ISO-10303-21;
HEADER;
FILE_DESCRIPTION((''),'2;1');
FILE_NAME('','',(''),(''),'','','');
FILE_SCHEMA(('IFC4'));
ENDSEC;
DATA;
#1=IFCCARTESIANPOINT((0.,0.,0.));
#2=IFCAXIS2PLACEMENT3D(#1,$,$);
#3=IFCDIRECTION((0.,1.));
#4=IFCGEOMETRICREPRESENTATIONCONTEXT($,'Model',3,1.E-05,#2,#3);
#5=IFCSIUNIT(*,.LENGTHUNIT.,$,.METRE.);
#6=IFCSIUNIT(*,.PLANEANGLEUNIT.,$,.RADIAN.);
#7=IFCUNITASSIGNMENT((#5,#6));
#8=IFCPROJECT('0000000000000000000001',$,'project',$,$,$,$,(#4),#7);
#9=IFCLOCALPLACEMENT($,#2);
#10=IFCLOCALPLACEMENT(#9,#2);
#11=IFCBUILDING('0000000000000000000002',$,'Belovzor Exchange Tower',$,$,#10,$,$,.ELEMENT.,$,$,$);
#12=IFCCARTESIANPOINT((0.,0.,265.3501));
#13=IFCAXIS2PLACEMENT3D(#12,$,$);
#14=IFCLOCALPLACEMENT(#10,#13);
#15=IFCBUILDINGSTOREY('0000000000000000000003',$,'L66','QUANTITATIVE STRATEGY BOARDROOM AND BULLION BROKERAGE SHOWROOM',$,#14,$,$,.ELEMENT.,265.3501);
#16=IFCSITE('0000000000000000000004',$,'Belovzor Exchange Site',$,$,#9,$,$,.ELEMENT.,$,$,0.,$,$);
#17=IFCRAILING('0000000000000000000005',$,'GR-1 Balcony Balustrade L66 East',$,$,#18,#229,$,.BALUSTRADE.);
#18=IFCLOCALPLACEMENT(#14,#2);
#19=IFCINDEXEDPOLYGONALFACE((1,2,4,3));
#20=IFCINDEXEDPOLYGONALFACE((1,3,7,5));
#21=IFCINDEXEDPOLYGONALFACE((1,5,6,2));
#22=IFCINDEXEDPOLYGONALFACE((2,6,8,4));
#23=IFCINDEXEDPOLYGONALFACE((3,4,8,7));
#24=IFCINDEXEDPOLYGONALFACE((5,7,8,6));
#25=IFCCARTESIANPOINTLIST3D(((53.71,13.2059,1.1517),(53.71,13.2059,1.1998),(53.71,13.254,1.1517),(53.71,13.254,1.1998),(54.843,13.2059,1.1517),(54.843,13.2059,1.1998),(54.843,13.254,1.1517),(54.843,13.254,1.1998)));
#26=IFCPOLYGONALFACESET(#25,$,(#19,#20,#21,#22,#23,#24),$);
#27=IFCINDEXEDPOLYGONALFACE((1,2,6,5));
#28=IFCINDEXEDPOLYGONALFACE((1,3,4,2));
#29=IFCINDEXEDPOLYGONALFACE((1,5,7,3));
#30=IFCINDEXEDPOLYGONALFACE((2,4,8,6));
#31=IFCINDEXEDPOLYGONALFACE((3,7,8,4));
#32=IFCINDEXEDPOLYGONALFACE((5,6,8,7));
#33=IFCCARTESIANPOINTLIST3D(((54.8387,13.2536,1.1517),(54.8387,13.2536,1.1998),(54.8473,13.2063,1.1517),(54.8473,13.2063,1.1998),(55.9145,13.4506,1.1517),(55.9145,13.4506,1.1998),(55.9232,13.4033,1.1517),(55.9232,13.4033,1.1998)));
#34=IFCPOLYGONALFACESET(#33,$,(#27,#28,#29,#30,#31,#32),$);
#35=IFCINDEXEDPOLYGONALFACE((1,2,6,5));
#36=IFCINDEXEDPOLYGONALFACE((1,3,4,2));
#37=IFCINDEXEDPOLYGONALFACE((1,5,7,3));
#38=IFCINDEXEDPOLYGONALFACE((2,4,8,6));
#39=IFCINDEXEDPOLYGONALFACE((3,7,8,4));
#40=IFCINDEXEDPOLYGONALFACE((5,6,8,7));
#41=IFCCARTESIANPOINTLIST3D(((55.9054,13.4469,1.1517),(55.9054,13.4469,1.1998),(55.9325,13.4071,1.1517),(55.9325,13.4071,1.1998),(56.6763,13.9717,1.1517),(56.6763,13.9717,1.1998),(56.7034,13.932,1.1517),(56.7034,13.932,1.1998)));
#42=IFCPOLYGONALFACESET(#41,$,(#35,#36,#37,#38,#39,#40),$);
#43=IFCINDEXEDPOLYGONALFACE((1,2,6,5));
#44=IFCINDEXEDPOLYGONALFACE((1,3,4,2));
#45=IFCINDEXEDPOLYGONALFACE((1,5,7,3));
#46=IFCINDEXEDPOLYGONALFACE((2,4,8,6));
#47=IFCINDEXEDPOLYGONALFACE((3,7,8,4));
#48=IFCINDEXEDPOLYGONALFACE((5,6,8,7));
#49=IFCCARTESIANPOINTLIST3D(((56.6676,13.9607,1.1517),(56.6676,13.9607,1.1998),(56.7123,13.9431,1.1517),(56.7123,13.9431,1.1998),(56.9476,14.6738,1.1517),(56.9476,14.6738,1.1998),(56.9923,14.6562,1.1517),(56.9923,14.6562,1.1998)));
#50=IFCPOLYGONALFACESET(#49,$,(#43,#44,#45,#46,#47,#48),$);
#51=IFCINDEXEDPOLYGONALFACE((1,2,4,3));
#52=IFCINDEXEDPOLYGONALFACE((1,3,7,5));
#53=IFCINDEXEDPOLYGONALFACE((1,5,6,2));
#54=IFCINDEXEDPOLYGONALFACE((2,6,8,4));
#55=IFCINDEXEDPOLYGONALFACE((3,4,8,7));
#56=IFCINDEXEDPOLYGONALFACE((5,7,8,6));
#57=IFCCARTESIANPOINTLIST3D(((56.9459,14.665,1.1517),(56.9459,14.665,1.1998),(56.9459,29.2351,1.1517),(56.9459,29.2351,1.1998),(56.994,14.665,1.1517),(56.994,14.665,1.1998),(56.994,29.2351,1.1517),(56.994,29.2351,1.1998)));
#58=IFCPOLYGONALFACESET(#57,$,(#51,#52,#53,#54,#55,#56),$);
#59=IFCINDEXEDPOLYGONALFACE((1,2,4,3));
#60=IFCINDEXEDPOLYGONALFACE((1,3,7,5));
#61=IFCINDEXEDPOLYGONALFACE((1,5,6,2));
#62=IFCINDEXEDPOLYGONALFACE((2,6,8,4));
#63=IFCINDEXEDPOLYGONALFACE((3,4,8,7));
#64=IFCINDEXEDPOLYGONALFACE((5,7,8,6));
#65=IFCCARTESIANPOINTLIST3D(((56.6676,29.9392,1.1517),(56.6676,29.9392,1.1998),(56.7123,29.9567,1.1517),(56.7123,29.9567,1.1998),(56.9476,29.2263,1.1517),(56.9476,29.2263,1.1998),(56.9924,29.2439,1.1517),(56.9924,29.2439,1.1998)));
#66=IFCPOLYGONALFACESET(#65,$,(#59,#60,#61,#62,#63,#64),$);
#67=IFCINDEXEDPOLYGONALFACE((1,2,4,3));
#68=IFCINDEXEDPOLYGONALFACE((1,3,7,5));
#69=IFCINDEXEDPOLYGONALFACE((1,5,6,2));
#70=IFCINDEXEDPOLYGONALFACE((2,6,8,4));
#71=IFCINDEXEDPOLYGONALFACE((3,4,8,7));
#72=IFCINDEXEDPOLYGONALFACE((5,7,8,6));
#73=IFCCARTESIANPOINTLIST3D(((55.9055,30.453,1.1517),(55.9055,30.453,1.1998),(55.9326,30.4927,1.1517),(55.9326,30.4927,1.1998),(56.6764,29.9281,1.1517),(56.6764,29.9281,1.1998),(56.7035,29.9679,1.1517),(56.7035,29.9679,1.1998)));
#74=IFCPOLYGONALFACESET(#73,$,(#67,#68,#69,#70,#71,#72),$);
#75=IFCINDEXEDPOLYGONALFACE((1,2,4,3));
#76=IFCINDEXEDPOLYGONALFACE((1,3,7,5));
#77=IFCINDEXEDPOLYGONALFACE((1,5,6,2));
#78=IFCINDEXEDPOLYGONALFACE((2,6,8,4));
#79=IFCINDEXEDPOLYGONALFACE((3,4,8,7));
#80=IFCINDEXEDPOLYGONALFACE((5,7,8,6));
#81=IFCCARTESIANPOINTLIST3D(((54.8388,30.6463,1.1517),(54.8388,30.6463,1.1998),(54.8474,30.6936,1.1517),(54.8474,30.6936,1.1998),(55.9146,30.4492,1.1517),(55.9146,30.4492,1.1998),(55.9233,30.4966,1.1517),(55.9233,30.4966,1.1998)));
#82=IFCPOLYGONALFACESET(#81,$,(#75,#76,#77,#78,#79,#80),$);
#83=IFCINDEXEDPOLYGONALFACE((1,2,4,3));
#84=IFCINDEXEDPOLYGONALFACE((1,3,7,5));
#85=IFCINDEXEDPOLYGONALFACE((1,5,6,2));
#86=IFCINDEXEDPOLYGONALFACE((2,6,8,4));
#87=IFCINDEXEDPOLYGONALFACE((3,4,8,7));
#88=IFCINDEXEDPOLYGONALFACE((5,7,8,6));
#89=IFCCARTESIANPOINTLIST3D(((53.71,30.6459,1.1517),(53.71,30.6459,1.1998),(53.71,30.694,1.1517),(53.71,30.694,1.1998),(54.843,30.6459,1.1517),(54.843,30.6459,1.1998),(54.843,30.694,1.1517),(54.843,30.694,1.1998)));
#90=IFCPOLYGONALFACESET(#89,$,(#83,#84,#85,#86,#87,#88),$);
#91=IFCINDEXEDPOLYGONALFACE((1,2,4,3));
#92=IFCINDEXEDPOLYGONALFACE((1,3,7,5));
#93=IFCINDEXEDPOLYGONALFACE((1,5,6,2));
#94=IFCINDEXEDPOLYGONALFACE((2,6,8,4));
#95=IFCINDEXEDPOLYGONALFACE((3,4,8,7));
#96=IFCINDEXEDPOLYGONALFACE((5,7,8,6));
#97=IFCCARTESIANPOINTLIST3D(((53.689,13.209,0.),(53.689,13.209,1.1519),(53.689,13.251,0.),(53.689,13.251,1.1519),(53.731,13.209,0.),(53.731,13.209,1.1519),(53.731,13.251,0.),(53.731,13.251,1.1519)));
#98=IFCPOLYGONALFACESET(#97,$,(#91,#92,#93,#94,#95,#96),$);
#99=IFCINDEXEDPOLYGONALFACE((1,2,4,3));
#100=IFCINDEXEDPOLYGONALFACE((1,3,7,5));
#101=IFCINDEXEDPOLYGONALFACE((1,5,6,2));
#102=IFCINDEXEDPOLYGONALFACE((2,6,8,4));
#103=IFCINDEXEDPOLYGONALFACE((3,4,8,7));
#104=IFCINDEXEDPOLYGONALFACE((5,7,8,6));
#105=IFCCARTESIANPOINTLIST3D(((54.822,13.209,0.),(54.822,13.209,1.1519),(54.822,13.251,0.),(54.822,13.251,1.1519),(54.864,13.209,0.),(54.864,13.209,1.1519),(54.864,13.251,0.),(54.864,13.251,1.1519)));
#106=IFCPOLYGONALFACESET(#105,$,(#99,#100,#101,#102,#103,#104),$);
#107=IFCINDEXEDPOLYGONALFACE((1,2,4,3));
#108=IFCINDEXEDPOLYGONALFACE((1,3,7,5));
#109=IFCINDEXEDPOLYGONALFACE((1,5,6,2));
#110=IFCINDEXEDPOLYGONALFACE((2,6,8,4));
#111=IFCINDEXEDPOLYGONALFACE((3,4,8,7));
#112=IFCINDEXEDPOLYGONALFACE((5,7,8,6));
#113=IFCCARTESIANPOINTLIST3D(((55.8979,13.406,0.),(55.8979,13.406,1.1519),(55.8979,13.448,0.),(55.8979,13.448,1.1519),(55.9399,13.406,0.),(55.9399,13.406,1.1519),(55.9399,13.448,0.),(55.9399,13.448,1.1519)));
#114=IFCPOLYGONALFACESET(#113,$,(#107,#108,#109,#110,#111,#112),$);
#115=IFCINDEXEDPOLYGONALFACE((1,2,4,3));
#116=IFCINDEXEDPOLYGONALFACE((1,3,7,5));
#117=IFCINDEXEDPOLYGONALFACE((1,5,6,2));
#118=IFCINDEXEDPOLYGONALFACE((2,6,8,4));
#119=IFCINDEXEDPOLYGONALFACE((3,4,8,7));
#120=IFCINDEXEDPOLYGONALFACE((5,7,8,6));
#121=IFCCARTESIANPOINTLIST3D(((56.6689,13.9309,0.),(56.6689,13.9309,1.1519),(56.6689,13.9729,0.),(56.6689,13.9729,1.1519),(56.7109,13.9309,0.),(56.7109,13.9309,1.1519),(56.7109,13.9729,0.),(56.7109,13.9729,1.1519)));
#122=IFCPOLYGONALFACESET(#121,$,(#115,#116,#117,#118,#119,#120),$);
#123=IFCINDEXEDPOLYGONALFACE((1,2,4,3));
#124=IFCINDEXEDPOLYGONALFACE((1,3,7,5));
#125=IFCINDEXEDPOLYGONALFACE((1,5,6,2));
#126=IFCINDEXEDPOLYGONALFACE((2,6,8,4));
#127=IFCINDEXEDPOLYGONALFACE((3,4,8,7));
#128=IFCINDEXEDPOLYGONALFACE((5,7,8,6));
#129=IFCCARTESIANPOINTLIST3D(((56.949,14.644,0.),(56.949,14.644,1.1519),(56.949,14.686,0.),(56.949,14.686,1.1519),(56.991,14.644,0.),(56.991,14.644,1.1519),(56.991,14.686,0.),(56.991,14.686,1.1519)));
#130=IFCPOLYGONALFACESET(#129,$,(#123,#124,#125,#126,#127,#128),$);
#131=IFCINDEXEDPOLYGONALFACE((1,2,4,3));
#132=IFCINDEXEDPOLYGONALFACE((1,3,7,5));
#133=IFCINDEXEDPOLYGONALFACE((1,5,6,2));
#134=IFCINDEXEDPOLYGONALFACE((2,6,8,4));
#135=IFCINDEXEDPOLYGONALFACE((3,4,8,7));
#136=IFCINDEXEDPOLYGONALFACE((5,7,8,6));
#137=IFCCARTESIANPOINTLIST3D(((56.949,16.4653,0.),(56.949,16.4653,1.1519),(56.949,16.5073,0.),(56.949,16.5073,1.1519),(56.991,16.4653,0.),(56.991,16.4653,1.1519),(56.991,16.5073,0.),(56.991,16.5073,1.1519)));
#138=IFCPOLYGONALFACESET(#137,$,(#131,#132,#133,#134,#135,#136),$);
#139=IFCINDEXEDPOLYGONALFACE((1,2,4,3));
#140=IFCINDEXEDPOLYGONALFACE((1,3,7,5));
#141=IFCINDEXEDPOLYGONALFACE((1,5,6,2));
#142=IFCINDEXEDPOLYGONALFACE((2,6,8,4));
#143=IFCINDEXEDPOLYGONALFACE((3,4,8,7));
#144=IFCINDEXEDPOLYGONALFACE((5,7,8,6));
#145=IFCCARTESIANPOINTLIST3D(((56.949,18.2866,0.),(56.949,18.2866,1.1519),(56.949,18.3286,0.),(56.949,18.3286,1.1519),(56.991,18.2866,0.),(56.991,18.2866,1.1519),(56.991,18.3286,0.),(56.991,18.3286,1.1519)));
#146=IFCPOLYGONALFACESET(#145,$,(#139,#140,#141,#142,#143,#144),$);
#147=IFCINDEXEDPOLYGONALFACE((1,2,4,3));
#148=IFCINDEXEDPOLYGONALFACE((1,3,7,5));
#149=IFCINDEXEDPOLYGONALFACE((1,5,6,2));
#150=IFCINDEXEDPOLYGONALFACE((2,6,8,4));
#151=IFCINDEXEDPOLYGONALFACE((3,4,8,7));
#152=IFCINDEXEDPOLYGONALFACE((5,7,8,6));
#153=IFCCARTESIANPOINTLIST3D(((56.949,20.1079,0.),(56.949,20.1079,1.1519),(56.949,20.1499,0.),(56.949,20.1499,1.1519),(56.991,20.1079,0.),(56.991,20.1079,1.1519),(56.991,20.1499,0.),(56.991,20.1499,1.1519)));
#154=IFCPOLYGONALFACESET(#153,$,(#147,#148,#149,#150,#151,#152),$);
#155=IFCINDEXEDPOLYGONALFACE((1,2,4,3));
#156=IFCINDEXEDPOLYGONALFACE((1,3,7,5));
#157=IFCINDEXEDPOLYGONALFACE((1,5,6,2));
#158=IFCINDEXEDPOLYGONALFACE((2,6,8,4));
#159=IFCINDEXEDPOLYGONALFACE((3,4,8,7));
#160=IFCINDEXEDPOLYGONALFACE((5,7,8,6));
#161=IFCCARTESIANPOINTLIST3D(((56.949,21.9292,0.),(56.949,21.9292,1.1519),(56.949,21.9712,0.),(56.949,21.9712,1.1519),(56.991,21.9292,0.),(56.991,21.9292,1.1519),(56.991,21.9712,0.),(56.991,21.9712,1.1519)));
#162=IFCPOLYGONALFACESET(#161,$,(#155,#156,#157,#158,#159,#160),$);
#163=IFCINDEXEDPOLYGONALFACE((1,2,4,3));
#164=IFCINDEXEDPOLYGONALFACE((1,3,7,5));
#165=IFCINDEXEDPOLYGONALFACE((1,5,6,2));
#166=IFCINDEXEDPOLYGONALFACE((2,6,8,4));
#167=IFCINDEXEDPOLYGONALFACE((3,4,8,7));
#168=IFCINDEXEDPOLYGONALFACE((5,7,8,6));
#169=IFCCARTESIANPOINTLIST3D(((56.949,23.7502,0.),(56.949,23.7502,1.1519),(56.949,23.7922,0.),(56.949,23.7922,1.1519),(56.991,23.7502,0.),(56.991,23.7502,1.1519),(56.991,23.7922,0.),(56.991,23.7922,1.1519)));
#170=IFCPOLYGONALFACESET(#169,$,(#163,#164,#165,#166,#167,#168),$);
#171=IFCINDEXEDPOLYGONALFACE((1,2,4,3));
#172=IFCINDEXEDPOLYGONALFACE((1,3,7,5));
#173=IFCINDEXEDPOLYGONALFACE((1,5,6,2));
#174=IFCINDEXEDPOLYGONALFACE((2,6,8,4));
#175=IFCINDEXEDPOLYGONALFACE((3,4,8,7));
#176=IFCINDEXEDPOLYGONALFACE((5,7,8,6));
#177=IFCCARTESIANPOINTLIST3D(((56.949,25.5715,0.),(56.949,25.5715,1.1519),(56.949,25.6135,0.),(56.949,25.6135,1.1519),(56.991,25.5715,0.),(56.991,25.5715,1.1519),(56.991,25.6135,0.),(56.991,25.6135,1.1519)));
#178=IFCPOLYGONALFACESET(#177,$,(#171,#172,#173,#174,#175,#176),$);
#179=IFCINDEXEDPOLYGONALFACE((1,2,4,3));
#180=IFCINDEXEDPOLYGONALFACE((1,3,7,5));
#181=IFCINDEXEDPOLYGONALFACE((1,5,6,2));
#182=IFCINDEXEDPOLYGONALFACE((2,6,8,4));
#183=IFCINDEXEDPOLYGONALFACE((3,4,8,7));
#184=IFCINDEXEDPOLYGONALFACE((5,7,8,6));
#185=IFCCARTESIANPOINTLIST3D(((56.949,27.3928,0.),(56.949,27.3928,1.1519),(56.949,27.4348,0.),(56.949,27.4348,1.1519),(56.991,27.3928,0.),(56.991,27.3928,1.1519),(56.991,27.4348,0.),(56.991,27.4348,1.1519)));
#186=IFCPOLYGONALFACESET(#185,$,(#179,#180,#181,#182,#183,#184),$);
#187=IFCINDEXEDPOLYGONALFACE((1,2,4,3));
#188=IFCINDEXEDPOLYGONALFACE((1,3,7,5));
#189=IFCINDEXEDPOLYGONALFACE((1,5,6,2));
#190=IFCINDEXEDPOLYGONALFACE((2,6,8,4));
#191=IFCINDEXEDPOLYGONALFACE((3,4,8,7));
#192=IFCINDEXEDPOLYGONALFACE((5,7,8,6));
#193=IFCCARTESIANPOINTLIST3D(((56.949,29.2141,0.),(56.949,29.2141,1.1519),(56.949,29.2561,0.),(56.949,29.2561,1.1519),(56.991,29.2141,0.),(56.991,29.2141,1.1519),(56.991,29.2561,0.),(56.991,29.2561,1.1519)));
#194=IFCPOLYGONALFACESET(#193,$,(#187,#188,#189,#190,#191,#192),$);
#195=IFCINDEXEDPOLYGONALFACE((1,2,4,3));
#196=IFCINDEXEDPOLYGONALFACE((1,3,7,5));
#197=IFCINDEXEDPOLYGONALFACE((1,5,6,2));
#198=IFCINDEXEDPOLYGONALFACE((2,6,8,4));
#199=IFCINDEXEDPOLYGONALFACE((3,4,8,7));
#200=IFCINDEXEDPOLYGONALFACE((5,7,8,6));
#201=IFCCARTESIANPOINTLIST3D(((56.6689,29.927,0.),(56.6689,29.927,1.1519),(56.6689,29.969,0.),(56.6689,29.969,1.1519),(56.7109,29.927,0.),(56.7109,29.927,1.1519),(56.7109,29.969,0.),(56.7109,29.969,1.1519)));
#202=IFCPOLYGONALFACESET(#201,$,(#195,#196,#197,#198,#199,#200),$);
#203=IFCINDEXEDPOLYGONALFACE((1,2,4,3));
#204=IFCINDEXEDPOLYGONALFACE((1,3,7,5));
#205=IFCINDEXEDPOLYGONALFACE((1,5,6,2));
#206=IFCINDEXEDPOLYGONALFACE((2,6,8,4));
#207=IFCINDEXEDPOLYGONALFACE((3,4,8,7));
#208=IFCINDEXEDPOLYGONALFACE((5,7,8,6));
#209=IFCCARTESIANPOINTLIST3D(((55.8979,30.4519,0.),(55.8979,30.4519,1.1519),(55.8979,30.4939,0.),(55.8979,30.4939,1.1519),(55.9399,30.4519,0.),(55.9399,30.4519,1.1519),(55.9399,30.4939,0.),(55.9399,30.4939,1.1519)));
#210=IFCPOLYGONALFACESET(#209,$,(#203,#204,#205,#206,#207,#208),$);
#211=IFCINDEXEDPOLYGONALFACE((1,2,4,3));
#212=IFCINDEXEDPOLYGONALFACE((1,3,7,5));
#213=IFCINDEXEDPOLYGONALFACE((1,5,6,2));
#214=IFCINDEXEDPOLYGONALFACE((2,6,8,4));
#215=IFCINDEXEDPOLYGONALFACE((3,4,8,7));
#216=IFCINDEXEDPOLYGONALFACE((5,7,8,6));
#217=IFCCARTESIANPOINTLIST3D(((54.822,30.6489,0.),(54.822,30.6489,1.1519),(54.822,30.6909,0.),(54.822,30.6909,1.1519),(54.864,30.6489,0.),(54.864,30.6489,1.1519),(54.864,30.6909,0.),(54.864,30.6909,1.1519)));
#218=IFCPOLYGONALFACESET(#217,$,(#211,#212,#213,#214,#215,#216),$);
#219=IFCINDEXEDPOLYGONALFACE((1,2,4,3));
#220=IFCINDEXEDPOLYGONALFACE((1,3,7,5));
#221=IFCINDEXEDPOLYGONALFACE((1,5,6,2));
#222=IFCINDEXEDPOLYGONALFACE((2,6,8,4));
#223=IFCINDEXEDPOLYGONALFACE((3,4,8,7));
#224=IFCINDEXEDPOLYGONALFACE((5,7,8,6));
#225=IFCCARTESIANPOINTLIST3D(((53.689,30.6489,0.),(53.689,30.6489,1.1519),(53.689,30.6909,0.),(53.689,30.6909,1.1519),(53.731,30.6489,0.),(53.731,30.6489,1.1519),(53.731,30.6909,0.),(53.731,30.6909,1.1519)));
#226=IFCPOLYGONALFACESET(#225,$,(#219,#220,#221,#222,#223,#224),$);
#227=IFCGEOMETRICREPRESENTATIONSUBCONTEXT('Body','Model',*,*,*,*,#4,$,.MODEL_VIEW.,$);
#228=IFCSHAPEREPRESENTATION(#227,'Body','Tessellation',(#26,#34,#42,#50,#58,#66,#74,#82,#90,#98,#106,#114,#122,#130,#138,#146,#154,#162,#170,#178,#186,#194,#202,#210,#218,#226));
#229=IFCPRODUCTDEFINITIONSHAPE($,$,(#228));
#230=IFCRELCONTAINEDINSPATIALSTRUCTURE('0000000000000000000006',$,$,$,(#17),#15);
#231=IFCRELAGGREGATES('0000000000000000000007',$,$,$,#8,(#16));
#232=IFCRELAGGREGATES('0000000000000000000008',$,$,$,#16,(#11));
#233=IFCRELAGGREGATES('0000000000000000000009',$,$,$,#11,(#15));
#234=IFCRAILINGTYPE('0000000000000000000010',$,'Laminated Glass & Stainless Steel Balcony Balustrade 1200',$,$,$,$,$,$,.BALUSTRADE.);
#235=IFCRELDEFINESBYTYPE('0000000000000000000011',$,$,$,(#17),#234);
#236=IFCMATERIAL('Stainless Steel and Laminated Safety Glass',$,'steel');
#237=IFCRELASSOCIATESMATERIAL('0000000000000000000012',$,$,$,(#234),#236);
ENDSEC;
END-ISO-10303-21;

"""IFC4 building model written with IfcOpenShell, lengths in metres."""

from ifc_helpers import new_model, si_unit, direction, frame, origin, origin_2d, place, context, subcontext, project, spatial, rectangle, extrude, material, type_object, element, save


model = new_model("IFC4")

# Units and contexts
model_context = context("Model", 3, precision=1e-05, world=origin(), true_north=direction((0.0, 1.0)))
body_context = subcontext(model_context, "Body", "Model", "MODEL_VIEW")
ifc_project = project(units=[si_unit("LENGTHUNIT", "METRE"), si_unit("PLANEANGLEUNIT", "RADIAN")], contexts=[model_context])

# Site, building, storey
site_placement = place(None, origin())
site = spatial("IfcSite", under=ifc_project, at=site_placement, Name="Belovzor Exchange Site", CompositionType="ELEMENT", RefElevation=0.0)
building_placement = place(site_placement, origin())
building = spatial("IfcBuilding", under=site, at=building_placement, Name="Belovzor Exchange Tower", CompositionType="ELEMENT")
storey_placement = place(building_placement, frame((0.0, 0.0, 265.3501)))
storey = spatial("IfcBuildingStorey", under=building, at=storey_placement, Name="L66", Description="QUANTITATIVE STRATEGY BOARDROOM AND BULLION BROKERAGE SHOWROOM", CompositionType="ELEMENT", Elevation=265.3501)

# Railing
ifc_material_1 = material(Name="Stainless Steel and Laminated Safety Glass", Category="steel")
railing_type = type_object("IfcRailingType", Name="Laminated Glass & Stainless Steel Balcony Balustrade 1200", PredefinedType="BALUSTRADE", material=ifc_material_1)
railing_placement = place(storey_placement, frame((53.71, 13.23, 0.0)))
element("IfcRailing", 1, at=railing_placement, inside=storey, type_object=railing_type, Name="GR-1 Balcony Balustrade L66 East", PredefinedType="BALUSTRADE", context=body_context, shape_type="SweptSolid", body=[
    extrude(rectangle(XDim=0.0481, YDim=0.0481, at=origin_2d()), frame((0.0, 0.0, 1.1758), z_axis=(1.0, 0.0, 0.0), x_axis=(0.0, 1.0, 0.0)), (0.0, 0.0, 1.0), 1.1331),
    extrude(rectangle(XDim=0.0481, YDim=0.0481, at=origin_2d()), frame((1.1331, 0.0, 1.1758), z_axis=(0.983644, 0.180123, 0.0), x_axis=(-0.180123, 0.983644, 0.0)), (0.0, 0.0, 1.0), 1.0938),
    extrude(rectangle(XDim=0.0481, YDim=0.0481, at=origin_2d()), frame((2.209, 0.197, 1.1758), z_axis=(0.826615, 0.562768, 0.0), x_axis=(-0.562768, 0.826615, 0.0)), (0.0, 0.0, 1.0), 0.9326),
    extrude(rectangle(XDim=0.0481, YDim=0.0481, at=origin_2d()), frame((2.98, 0.7219, 1.1758), z_axis=(0.365504, 0.93081, 0.0), x_axis=(-0.93081, 0.365504, 0.0)), (0.0, 0.0, 1.0), 0.7661),
    extrude(rectangle(XDim=0.0481, YDim=0.0481, at=origin_2d()), frame((3.26, 1.4351, 1.1758), z_axis=(0.0, 1.0, 0.0), x_axis=(-1.0, 0.0, 0.0)), (0.0, 0.0, 1.0), 14.5701),
    extrude(rectangle(XDim=0.0481, YDim=0.0481, at=origin_2d()), frame((3.26, 16.0051, 1.1758), z_axis=(-0.365613, 0.930767, 0.0), x_axis=(-0.930767, -0.365613, 0.0)), (0.0, 0.0, 1.0), 0.7659),
    extrude(rectangle(XDim=0.0481, YDim=0.0481, at=origin_2d()), frame((2.98, 16.718, 1.1758), z_axis=(-0.826615, 0.562768, 0.0), x_axis=(-0.562768, -0.826615, 0.0)), (0.0, 0.0, 1.0), 0.9326),
    extrude(rectangle(XDim=0.0481, YDim=0.0481, at=origin_2d()), frame((2.209, 17.2429, 1.1758), z_axis=(-0.983644, 0.180123, 0.0), x_axis=(-0.180123, -0.983644, 0.0)), (0.0, 0.0, 1.0), 1.0938),
    extrude(rectangle(XDim=0.0481, YDim=0.0481, at=origin_2d()), frame((1.1331, 17.4399, 1.1758), z_axis=(-1.0, 0.0, 0.0), x_axis=(0.0, -1.0, 0.0)), (0.0, 0.0, 1.0), 1.1331),
    extrude(rectangle(XDim=0.042, YDim=0.042, at=origin_2d()), origin(), (0.0, 0.0, 1.0), 1.1519),
    extrude(rectangle(XDim=0.042, YDim=0.042, at=origin_2d()), frame((1.1331, 0.0, 0.0)), (0.0, 0.0, 1.0), 1.1519),
    extrude(rectangle(XDim=0.042, YDim=0.042, at=origin_2d()), frame((2.209, 0.197, 0.0)), (0.0, 0.0, 1.0), 1.1519),
    extrude(rectangle(XDim=0.042, YDim=0.042, at=origin_2d()), frame((2.98, 0.7219, 0.0)), (0.0, 0.0, 1.0), 1.1519),
    extrude(rectangle(XDim=0.042, YDim=0.042, at=origin_2d()), frame((3.26, 1.4351, 0.0)), (0.0, 0.0, 1.0), 1.1519),
    extrude(rectangle(XDim=0.042, YDim=0.042, at=origin_2d()), frame((3.26, 3.2563, 0.0)), (0.0, 0.0, 1.0), 1.1519),
    extrude(rectangle(XDim=0.042, YDim=0.042, at=origin_2d()), frame((3.26, 5.0776, 0.0)), (0.0, 0.0, 1.0), 1.1519),
    extrude(rectangle(XDim=0.042, YDim=0.042, at=origin_2d()), frame((3.26, 6.8989, 0.0)), (0.0, 0.0, 1.0), 1.1519),
    extrude(rectangle(XDim=0.042, YDim=0.042, at=origin_2d()), frame((3.26, 8.7202, 0.0)), (0.0, 0.0, 1.0), 1.1519),
    extrude(rectangle(XDim=0.042, YDim=0.042, at=origin_2d()), frame((3.26, 10.5413, 0.0)), (0.0, 0.0, 1.0), 1.1519),
    extrude(rectangle(XDim=0.042, YDim=0.042, at=origin_2d()), frame((3.26, 12.3625, 0.0)), (0.0, 0.0, 1.0), 1.1519),
    extrude(rectangle(XDim=0.042, YDim=0.042, at=origin_2d()), frame((3.26, 14.1838, 0.0)), (0.0, 0.0, 1.0), 1.1519),
    extrude(rectangle(XDim=0.042, YDim=0.042, at=origin_2d()), frame((3.26, 16.0051, 0.0)), (0.0, 0.0, 1.0), 1.1519),
    extrude(rectangle(XDim=0.042, YDim=0.042, at=origin_2d()), frame((2.98, 16.718, 0.0)), (0.0, 0.0, 1.0), 1.1519),
    extrude(rectangle(XDim=0.042, YDim=0.042, at=origin_2d()), frame((2.209, 17.2429, 0.0)), (0.0, 0.0, 1.0), 1.1519),
    extrude(rectangle(XDim=0.042, YDim=0.042, at=origin_2d()), frame((1.1331, 17.4399, 0.0)), (0.0, 0.0, 1.0), 1.1519),
    extrude(rectangle(XDim=0.042, YDim=0.042, at=origin_2d()), frame((0.0, 17.4399, 0.0)), (0.0, 0.0, 1.0), 1.1519),
])

save(model, "model.ifc")
